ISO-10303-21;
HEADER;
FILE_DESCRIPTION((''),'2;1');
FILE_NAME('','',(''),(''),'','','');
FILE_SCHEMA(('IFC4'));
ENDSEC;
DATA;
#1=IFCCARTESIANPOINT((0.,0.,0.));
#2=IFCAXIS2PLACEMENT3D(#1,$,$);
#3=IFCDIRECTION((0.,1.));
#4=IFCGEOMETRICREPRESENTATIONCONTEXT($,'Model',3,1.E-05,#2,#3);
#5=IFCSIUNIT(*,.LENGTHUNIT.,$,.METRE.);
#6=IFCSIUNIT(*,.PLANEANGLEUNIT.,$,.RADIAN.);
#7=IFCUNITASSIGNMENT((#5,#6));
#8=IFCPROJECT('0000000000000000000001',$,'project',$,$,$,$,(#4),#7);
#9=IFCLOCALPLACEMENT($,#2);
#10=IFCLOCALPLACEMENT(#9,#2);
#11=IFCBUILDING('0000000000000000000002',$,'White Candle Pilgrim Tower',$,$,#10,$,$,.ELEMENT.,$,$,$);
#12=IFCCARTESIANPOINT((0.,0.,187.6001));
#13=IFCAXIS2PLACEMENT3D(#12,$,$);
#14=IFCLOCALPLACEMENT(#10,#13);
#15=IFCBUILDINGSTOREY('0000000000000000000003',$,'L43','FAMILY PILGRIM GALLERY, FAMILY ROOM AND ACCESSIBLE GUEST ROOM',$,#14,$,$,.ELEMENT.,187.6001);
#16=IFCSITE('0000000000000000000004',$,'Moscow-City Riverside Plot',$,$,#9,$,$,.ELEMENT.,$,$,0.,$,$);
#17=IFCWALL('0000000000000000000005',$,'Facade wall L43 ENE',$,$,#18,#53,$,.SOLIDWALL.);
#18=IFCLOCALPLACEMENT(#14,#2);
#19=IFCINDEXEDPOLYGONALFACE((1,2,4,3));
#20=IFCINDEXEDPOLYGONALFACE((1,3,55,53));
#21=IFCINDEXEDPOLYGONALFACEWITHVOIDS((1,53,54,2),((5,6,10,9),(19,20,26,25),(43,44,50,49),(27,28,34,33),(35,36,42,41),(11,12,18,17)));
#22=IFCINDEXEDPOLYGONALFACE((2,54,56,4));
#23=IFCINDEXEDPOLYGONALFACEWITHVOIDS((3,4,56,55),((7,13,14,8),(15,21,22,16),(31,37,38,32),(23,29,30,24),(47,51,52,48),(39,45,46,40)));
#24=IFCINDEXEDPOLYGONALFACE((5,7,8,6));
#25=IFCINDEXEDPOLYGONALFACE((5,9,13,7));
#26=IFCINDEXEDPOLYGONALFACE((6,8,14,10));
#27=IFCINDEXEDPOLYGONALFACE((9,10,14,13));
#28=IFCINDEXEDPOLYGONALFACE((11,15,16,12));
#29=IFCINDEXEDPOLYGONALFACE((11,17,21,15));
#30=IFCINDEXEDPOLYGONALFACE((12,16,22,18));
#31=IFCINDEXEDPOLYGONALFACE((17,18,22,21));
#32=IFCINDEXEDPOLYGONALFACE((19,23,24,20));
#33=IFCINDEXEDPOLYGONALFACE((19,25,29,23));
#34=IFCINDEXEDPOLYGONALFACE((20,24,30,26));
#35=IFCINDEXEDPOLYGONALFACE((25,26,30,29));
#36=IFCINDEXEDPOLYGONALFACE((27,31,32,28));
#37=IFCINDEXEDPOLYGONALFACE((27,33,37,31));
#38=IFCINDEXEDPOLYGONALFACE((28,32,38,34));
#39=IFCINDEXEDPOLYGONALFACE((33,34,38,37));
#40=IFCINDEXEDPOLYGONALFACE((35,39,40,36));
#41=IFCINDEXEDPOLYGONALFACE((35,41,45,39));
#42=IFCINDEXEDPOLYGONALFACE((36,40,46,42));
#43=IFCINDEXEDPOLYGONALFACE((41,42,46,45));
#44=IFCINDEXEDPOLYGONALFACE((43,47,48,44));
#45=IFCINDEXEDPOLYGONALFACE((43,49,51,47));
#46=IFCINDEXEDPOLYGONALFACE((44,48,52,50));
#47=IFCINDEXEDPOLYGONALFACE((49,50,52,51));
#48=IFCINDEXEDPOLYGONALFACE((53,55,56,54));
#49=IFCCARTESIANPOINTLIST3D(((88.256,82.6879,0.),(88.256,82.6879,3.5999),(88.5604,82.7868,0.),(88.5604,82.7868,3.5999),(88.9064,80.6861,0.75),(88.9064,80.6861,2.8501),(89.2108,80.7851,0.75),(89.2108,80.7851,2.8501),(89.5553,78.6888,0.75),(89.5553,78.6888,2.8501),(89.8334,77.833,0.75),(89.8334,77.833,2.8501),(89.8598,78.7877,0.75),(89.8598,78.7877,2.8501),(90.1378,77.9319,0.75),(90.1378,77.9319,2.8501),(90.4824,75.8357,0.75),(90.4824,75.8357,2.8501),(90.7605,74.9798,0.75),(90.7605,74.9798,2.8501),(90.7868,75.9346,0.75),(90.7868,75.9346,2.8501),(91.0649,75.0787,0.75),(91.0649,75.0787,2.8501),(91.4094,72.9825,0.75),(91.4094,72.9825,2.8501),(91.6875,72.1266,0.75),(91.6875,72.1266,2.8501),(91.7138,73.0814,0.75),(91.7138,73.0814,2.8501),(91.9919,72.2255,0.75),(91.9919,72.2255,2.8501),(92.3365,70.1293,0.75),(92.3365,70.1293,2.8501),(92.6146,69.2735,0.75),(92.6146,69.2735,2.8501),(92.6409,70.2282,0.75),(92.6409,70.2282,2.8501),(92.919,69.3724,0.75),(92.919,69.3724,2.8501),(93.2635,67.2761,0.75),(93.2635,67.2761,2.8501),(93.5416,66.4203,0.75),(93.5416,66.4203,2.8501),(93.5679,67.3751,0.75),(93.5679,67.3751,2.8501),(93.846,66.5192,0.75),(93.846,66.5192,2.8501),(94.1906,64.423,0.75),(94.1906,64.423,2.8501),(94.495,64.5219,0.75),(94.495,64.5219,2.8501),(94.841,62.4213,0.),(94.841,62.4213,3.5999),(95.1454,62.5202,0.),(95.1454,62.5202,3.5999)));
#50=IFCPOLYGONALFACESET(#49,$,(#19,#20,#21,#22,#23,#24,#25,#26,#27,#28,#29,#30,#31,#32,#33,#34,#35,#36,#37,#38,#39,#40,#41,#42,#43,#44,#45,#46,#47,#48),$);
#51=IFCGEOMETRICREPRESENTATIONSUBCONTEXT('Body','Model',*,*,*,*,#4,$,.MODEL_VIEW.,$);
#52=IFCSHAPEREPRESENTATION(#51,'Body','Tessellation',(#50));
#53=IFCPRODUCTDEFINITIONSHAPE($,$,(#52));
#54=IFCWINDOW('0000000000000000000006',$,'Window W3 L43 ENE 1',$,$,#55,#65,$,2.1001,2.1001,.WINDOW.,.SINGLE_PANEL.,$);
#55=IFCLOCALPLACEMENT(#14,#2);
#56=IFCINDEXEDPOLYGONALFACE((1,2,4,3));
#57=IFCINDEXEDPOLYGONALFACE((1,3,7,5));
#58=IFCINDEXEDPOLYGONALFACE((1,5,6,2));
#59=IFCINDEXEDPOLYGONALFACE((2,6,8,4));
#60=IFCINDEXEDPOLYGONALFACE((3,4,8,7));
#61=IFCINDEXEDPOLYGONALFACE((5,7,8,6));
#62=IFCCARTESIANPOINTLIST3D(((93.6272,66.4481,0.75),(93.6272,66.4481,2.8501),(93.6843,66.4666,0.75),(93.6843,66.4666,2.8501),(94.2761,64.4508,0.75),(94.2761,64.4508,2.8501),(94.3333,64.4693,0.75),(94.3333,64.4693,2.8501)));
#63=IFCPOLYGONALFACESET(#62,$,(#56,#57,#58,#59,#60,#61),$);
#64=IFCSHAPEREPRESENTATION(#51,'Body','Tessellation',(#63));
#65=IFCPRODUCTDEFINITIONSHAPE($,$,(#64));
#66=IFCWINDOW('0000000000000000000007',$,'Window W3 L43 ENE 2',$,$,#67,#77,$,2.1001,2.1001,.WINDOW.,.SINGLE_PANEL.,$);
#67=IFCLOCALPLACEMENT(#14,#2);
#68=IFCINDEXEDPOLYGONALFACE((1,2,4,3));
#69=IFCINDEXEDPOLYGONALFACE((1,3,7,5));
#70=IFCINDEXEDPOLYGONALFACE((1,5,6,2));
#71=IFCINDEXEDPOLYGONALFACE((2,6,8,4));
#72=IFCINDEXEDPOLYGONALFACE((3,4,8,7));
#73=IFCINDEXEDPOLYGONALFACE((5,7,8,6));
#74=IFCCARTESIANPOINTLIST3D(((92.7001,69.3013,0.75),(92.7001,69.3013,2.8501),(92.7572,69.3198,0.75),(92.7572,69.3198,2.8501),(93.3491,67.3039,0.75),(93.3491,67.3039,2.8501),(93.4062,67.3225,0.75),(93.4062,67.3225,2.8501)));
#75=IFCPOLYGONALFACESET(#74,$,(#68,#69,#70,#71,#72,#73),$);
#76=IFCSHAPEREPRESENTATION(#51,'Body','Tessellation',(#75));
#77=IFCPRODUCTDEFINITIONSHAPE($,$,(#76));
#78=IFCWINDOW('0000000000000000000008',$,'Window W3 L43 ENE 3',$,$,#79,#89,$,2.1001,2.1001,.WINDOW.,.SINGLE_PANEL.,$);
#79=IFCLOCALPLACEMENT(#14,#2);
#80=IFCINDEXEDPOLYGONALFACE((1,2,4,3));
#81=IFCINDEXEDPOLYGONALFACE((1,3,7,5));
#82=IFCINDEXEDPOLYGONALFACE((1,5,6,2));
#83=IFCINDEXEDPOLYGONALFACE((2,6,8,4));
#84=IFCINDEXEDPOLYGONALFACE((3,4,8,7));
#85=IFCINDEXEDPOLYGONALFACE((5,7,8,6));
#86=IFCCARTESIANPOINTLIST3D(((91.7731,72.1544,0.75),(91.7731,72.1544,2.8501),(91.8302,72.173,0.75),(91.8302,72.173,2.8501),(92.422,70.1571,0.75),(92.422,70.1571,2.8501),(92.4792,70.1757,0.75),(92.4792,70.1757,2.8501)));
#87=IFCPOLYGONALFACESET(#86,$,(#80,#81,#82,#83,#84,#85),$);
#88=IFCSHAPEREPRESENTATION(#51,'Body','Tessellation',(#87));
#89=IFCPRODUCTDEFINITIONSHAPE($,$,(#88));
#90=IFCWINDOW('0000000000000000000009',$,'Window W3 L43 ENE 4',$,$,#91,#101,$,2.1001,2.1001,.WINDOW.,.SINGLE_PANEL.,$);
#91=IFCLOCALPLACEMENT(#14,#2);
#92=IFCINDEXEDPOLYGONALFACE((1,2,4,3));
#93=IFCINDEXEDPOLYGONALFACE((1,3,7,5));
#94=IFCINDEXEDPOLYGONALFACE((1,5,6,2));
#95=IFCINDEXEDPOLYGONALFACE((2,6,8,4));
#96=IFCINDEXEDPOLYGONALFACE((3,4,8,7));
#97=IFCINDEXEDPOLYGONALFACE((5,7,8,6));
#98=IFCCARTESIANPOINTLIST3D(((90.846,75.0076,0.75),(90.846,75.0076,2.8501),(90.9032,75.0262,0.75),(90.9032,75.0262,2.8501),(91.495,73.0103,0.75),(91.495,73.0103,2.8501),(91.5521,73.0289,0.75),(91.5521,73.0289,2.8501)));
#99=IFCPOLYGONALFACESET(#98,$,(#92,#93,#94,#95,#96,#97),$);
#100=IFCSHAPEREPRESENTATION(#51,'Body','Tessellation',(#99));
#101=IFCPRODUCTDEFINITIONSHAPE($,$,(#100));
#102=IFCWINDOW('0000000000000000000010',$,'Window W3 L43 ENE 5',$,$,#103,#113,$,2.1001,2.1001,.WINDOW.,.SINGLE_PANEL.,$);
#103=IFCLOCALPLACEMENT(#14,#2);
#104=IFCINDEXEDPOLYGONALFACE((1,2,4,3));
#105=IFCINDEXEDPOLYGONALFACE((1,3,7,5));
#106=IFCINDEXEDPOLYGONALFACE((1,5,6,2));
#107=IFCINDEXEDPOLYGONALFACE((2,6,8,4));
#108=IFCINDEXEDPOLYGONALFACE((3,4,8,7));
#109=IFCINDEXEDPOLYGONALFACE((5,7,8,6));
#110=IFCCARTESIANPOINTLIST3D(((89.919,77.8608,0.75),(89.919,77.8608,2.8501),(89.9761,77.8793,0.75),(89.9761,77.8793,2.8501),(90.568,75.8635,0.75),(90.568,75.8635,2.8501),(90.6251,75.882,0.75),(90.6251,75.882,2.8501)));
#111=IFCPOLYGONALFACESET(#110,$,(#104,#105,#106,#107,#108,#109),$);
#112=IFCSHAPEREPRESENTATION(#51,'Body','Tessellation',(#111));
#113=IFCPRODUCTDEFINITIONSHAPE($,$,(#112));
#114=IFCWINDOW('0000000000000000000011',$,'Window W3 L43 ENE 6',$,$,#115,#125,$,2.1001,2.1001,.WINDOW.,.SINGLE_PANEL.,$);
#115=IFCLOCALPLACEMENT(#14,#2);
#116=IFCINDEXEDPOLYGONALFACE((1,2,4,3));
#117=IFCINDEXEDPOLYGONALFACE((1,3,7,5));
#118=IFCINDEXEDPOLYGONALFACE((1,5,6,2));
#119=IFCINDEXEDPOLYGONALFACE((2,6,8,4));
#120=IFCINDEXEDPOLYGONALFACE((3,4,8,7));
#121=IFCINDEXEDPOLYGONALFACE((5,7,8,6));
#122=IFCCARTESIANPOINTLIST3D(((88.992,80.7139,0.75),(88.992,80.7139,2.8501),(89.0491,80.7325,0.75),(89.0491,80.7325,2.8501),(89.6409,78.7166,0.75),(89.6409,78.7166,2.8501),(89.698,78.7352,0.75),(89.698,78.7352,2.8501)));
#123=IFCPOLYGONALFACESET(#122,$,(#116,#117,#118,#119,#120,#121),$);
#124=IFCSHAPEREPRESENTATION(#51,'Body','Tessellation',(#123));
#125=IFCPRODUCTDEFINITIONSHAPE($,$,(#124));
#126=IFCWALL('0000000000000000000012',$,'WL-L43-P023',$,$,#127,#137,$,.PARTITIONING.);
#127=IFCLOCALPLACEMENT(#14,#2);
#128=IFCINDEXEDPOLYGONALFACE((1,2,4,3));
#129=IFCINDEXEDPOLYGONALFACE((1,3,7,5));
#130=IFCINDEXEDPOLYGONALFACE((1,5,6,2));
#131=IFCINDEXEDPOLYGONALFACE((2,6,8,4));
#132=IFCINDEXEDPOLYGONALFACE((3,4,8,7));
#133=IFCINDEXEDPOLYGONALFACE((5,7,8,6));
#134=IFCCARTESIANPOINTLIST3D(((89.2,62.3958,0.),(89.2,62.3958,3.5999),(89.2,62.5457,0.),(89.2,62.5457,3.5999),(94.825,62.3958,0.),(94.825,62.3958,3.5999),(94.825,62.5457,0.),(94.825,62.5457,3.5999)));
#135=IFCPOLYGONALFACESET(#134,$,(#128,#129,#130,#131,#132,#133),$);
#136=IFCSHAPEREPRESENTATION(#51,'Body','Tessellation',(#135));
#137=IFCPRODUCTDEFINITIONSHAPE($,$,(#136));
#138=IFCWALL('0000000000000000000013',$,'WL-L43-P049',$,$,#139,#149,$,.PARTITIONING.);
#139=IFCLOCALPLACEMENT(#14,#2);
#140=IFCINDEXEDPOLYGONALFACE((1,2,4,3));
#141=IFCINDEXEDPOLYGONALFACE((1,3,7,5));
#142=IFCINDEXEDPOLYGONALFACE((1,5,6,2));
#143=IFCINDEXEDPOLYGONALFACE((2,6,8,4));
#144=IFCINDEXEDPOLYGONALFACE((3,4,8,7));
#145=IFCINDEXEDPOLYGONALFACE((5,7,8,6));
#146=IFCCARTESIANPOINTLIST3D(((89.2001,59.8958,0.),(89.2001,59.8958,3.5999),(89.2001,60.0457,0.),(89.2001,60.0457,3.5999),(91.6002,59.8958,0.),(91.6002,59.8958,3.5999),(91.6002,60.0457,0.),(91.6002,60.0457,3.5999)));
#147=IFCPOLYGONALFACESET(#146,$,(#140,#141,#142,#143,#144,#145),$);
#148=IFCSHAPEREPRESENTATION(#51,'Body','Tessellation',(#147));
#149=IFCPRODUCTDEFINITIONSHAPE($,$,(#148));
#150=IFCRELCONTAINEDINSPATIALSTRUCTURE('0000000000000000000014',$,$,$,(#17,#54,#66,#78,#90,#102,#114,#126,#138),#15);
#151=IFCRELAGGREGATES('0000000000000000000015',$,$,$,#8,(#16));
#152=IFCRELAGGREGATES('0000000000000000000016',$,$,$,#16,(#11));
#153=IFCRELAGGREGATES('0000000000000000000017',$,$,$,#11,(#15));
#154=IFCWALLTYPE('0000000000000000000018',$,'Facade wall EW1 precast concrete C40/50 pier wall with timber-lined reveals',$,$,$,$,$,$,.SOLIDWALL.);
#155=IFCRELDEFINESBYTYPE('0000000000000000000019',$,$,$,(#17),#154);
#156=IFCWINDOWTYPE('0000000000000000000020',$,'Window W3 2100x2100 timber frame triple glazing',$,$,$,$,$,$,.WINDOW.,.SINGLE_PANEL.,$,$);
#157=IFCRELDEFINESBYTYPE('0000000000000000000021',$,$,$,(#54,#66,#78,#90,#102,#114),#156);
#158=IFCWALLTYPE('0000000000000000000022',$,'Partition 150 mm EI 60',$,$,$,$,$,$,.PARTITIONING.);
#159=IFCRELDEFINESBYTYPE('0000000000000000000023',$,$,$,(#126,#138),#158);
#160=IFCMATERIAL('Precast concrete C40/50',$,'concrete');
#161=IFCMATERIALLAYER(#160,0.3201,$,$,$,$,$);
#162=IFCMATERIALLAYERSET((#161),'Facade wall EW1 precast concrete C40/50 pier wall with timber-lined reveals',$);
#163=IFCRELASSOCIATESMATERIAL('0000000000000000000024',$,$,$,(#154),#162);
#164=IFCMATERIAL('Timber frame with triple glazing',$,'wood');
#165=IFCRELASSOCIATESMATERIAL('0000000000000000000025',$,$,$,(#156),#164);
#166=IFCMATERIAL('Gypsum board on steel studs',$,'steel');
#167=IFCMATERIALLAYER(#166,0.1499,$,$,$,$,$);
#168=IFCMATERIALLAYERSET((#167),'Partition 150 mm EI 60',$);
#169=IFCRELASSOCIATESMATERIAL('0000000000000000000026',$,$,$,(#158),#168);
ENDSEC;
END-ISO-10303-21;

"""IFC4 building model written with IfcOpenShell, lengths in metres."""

from ifc_helpers import new_model, si_unit, direction, frame, frame_2d, origin, place, context, subcontext, project, spatial, rectangle, extrude, material, layer, layer_set, type_object, element, fill, save


model = new_model("IFC4")

# Units and contexts
model_context = context("Model", 3, precision=1e-05, world=origin(), true_north=direction((0.0, 1.0)))
body_context = subcontext(model_context, "Body", "Model", "MODEL_VIEW")
ifc_project = project(units=[si_unit("LENGTHUNIT", "METRE"), si_unit("PLANEANGLEUNIT", "RADIAN")], contexts=[model_context])

# Site, building, storey
site_placement = place(None, origin())
site = spatial("IfcSite", under=ifc_project, at=site_placement, Name="Moscow-City Riverside Plot", CompositionType="ELEMENT", RefElevation=0.0)
building_placement = place(site_placement, origin())
building = spatial("IfcBuilding", under=site, at=building_placement, Name="White Candle Pilgrim Tower", CompositionType="ELEMENT")
storey_placement = place(building_placement, frame((0.0, 0.0, 187.6001)))
storey = spatial("IfcBuildingStorey", under=building, at=storey_placement, Name="L43", Description="FAMILY PILGRIM GALLERY, FAMILY ROOM AND ACCESSIBLE GUEST ROOM", CompositionType="ELEMENT", Elevation=187.6001)

# Shared definitions
ifc_material_1 = material(Name="Gypsum board on steel studs", Category="steel")

# Wall, openings, windows
ifc_material_2 = material(Name="Precast concrete C40/50", Category="concrete")
ifc_layer_1 = layer(ifc_material_2, 0.3201)
ifc_layer_set_1 = layer_set([ifc_layer_1], Name="Facade wall EW1 precast concrete C40/50 pier wall with timber-lined reveals")
wall_type_1 = type_object("IfcWallType", Name="Facade wall EW1 precast concrete C40/50 pier wall with timber-lined reveals", PredefinedType="SOLIDWALL", material=ifc_layer_set_1)
wall_1_placement = place(storey_placement, frame((94.9932, 62.4707, 0.0), z_axis=(0.0, 0.0, 1.0), x_axis=(-0.309015, 0.951057, 0.0)))
wall_1 = element("IfcWall", 1, at=wall_1_placement, inside=storey, type_object=wall_type_1, Name="Facade wall L43 ENE", PredefinedType="SOLIDWALL", context=body_context, shape_type="SweptSolid", body=[
    extrude(rectangle(XDim=21.3096, YDim=0.3201, at=frame_2d((10.6548, 0.0))), origin(), (0.0, 0.0, 1.0), 3.5999),
])
opening_1_placement = place(wall_1_placement, frame((2.1047, 0.0, 0.75)))
opening_1 = element("IfcOpeningElement", 2, at=opening_1_placement, cuts=wall_1, PredefinedType="OPENING", context=body_context, shape_type="SweptSolid", body=[
    extrude(rectangle(XDim=2.1001, YDim=2.1001, at=frame_2d((1.05, 1.05))), frame((0.0, 0.1699, 0.0), z_axis=(0.0, -1.0, 0.0), x_axis=(1.0, 0.0, 0.0)), (0.0, 0.0, 1.0), 0.3401),
])
opening_2_placement = place(wall_1_placement, frame((5.1047, 0.0, 0.75)))
opening_2 = element("IfcOpeningElement", 3, at=opening_2_placement, cuts=wall_1, PredefinedType="OPENING", context=body_context, shape_type="SweptSolid", body=[
    extrude(rectangle(XDim=2.1001, YDim=2.1001, at=frame_2d((1.05, 1.05))), frame((0.0, 0.1699, 0.0), z_axis=(0.0, -1.0, 0.0), x_axis=(1.0, 0.0, 0.0)), (0.0, 0.0, 1.0), 0.3401),
])
opening_3_placement = place(wall_1_placement, frame((8.1047, 0.0, 0.75)))
opening_3 = element("IfcOpeningElement", 4, at=opening_3_placement, cuts=wall_1, PredefinedType="OPENING", context=body_context, shape_type="SweptSolid", body=[
    extrude(rectangle(XDim=2.1001, YDim=2.1001, at=frame_2d((1.05, 1.05))), frame((0.0, 0.1699, 0.0), z_axis=(0.0, -1.0, 0.0), x_axis=(1.0, 0.0, 0.0)), (0.0, 0.0, 1.0), 0.3401),
])
opening_4_placement = place(wall_1_placement, frame((11.1047, 0.0, 0.75)))
opening_4 = element("IfcOpeningElement", 5, at=opening_4_placement, cuts=wall_1, PredefinedType="OPENING", context=body_context, shape_type="SweptSolid", body=[
    extrude(rectangle(XDim=2.1001, YDim=2.1001, at=frame_2d((1.05, 1.05))), frame((0.0, 0.1699, 0.0), z_axis=(0.0, -1.0, 0.0), x_axis=(1.0, 0.0, 0.0)), (0.0, 0.0, 1.0), 0.3401),
])
opening_5_placement = place(wall_1_placement, frame((14.1047, 0.0, 0.75)))
opening_5 = element("IfcOpeningElement", 6, at=opening_5_placement, cuts=wall_1, PredefinedType="OPENING", context=body_context, shape_type="SweptSolid", body=[
    extrude(rectangle(XDim=2.1001, YDim=2.1001, at=frame_2d((1.05, 1.05))), frame((0.0, 0.1699, 0.0), z_axis=(0.0, -1.0, 0.0), x_axis=(1.0, 0.0, 0.0)), (0.0, 0.0, 1.0), 0.3401),
])
opening_6_placement = place(wall_1_placement, frame((17.1047, 0.0, 0.75)))
opening_6 = element("IfcOpeningElement", 7, at=opening_6_placement, cuts=wall_1, PredefinedType="OPENING", context=body_context, shape_type="SweptSolid", body=[
    extrude(rectangle(XDim=2.1001, YDim=2.1001, at=frame_2d((1.05, 1.05))), frame((0.0, 0.1699, 0.0), z_axis=(0.0, -1.0, 0.0), x_axis=(1.0, 0.0, 0.0)), (0.0, 0.0, 1.0), 0.3401),
])
ifc_material_3 = material(Name="Timber frame with triple glazing", Category="wood")
window_type = type_object("IfcWindowType", Name="Window W3 2100x2100 timber frame triple glazing", PartitioningType="SINGLE_PANEL", PredefinedType="WINDOW", material=ifc_material_3)
window_1_placement = place(opening_1_placement, origin())
window_1 = element("IfcWindow", 8, at=window_1_placement, inside=storey, type_object=window_type, Name="Window W3 L43 ENE 1", OverallHeight=2.1001, OverallWidth=2.1001, PartitioningType="SINGLE_PANEL", PredefinedType="WINDOW", context=body_context, shape_type="SweptSolid", body=[
    extrude(rectangle(XDim=2.1001, YDim=2.1001, at=frame_2d((1.05, 1.05))), frame((0.0, 0.0701, 0.0), z_axis=(0.0, -1.0, 0.0), x_axis=(1.0, 0.0, 0.0)), (0.0, 0.0, 1.0), 0.0601),
])
fill(opening_1, window_1)
window_2_placement = place(opening_2_placement, origin())
window_2 = element("IfcWindow", 9, at=window_2_placement, inside=storey, type_object=window_type, Name="Window W3 L43 ENE 2", OverallHeight=2.1001, OverallWidth=2.1001, PartitioningType="SINGLE_PANEL", PredefinedType="WINDOW", context=body_context, shape_type="SweptSolid", body=[
    extrude(rectangle(XDim=2.1001, YDim=2.1001, at=frame_2d((1.05, 1.05))), frame((0.0, 0.0701, 0.0), z_axis=(0.0, -1.0, 0.0), x_axis=(1.0, 0.0, 0.0)), (0.0, 0.0, 1.0), 0.0601),
])
fill(opening_2, window_2)
window_3_placement = place(opening_3_placement, origin())
window_3 = element("IfcWindow", 10, at=window_3_placement, inside=storey, type_object=window_type, Name="Window W3 L43 ENE 3", OverallHeight=2.1001, OverallWidth=2.1001, PartitioningType="SINGLE_PANEL", PredefinedType="WINDOW", context=body_context, shape_type="SweptSolid", body=[
    extrude(rectangle(XDim=2.1001, YDim=2.1001, at=frame_2d((1.05, 1.05))), frame((0.0, 0.0701, 0.0), z_axis=(0.0, -1.0, 0.0), x_axis=(1.0, 0.0, 0.0)), (0.0, 0.0, 1.0), 0.0601),
])
fill(opening_3, window_3)
window_4_placement = place(opening_4_placement, origin())
window_4 = element("IfcWindow", 11, at=window_4_placement, inside=storey, type_object=window_type, Name="Window W3 L43 ENE 4", OverallHeight=2.1001, OverallWidth=2.1001, PartitioningType="SINGLE_PANEL", PredefinedType="WINDOW", context=body_context, shape_type="SweptSolid", body=[
    extrude(rectangle(XDim=2.1001, YDim=2.1001, at=frame_2d((1.05, 1.05))), frame((0.0, 0.0701, 0.0), z_axis=(0.0, -1.0, 0.0), x_axis=(1.0, 0.0, 0.0)), (0.0, 0.0, 1.0), 0.0601),
])
fill(opening_4, window_4)
window_5_placement = place(opening_5_placement, origin())
window_5 = element("IfcWindow", 12, at=window_5_placement, inside=storey, type_object=window_type, Name="Window W3 L43 ENE 5", OverallHeight=2.1001, OverallWidth=2.1001, PartitioningType="SINGLE_PANEL", PredefinedType="WINDOW", context=body_context, shape_type="SweptSolid", body=[
    extrude(rectangle(XDim=2.1001, YDim=2.1001, at=frame_2d((1.05, 1.05))), frame((0.0, 0.0701, 0.0), z_axis=(0.0, -1.0, 0.0), x_axis=(1.0, 0.0, 0.0)), (0.0, 0.0, 1.0), 0.0601),
])
fill(opening_5, window_5)
window_6_placement = place(opening_6_placement, origin())
window_6 = element("IfcWindow", 13, at=window_6_placement, inside=storey, type_object=window_type, Name="Window W3 L43 ENE 6", OverallHeight=2.1001, OverallWidth=2.1001, PartitioningType="SINGLE_PANEL", PredefinedType="WINDOW", context=body_context, shape_type="SweptSolid", body=[
    extrude(rectangle(XDim=2.1001, YDim=2.1001, at=frame_2d((1.05, 1.05))), frame((0.0, 0.0701, 0.0), z_axis=(0.0, -1.0, 0.0), x_axis=(1.0, 0.0, 0.0)), (0.0, 0.0, 1.0), 0.0601),
])
fill(opening_6, window_6)

# Walls
ifc_layer_2 = layer(ifc_material_1, 0.1499)
ifc_layer_set_2 = layer_set([ifc_layer_2], Name="Partition 150 mm EI 60")
wall_type_2 = type_object("IfcWallType", Name="Partition 150 mm EI 60", PredefinedType="PARTITIONING", material=ifc_layer_set_2)
wall_2_placement = place(storey_placement, frame((94.825, 62.4707, 0.0), z_axis=(0.0, 0.0, 1.0), x_axis=(-1.0, 0.0, 0.0)))
element("IfcWall", 14, at=wall_2_placement, inside=storey, type_object=wall_type_2, Name="WL-L43-P023", PredefinedType="PARTITIONING", context=body_context, shape_type="SweptSolid", body=[
    extrude(rectangle(XDim=5.625, YDim=0.1499, at=frame_2d((2.8125, 0.0))), origin(), (0.0, 0.0, 1.0), 3.5999),
])
wall_3_placement = place(storey_placement, frame((89.2, 59.9707, 0.0), z_axis=(0.0, 0.0, 1.0), x_axis=(1.0, 0.0, 0.0)))
element("IfcWall", 15, at=wall_3_placement, inside=storey, type_object=wall_type_2, Name="WL-L43-P049", PredefinedType="PARTITIONING", context=body_context, shape_type="SweptSolid", body=[
    extrude(rectangle(XDim=2.4001, YDim=0.1499, at=frame_2d((1.2002, 0.0))), origin(), (0.0, 0.0, 1.0), 3.5999),
])

save(model, "model.ifc")
